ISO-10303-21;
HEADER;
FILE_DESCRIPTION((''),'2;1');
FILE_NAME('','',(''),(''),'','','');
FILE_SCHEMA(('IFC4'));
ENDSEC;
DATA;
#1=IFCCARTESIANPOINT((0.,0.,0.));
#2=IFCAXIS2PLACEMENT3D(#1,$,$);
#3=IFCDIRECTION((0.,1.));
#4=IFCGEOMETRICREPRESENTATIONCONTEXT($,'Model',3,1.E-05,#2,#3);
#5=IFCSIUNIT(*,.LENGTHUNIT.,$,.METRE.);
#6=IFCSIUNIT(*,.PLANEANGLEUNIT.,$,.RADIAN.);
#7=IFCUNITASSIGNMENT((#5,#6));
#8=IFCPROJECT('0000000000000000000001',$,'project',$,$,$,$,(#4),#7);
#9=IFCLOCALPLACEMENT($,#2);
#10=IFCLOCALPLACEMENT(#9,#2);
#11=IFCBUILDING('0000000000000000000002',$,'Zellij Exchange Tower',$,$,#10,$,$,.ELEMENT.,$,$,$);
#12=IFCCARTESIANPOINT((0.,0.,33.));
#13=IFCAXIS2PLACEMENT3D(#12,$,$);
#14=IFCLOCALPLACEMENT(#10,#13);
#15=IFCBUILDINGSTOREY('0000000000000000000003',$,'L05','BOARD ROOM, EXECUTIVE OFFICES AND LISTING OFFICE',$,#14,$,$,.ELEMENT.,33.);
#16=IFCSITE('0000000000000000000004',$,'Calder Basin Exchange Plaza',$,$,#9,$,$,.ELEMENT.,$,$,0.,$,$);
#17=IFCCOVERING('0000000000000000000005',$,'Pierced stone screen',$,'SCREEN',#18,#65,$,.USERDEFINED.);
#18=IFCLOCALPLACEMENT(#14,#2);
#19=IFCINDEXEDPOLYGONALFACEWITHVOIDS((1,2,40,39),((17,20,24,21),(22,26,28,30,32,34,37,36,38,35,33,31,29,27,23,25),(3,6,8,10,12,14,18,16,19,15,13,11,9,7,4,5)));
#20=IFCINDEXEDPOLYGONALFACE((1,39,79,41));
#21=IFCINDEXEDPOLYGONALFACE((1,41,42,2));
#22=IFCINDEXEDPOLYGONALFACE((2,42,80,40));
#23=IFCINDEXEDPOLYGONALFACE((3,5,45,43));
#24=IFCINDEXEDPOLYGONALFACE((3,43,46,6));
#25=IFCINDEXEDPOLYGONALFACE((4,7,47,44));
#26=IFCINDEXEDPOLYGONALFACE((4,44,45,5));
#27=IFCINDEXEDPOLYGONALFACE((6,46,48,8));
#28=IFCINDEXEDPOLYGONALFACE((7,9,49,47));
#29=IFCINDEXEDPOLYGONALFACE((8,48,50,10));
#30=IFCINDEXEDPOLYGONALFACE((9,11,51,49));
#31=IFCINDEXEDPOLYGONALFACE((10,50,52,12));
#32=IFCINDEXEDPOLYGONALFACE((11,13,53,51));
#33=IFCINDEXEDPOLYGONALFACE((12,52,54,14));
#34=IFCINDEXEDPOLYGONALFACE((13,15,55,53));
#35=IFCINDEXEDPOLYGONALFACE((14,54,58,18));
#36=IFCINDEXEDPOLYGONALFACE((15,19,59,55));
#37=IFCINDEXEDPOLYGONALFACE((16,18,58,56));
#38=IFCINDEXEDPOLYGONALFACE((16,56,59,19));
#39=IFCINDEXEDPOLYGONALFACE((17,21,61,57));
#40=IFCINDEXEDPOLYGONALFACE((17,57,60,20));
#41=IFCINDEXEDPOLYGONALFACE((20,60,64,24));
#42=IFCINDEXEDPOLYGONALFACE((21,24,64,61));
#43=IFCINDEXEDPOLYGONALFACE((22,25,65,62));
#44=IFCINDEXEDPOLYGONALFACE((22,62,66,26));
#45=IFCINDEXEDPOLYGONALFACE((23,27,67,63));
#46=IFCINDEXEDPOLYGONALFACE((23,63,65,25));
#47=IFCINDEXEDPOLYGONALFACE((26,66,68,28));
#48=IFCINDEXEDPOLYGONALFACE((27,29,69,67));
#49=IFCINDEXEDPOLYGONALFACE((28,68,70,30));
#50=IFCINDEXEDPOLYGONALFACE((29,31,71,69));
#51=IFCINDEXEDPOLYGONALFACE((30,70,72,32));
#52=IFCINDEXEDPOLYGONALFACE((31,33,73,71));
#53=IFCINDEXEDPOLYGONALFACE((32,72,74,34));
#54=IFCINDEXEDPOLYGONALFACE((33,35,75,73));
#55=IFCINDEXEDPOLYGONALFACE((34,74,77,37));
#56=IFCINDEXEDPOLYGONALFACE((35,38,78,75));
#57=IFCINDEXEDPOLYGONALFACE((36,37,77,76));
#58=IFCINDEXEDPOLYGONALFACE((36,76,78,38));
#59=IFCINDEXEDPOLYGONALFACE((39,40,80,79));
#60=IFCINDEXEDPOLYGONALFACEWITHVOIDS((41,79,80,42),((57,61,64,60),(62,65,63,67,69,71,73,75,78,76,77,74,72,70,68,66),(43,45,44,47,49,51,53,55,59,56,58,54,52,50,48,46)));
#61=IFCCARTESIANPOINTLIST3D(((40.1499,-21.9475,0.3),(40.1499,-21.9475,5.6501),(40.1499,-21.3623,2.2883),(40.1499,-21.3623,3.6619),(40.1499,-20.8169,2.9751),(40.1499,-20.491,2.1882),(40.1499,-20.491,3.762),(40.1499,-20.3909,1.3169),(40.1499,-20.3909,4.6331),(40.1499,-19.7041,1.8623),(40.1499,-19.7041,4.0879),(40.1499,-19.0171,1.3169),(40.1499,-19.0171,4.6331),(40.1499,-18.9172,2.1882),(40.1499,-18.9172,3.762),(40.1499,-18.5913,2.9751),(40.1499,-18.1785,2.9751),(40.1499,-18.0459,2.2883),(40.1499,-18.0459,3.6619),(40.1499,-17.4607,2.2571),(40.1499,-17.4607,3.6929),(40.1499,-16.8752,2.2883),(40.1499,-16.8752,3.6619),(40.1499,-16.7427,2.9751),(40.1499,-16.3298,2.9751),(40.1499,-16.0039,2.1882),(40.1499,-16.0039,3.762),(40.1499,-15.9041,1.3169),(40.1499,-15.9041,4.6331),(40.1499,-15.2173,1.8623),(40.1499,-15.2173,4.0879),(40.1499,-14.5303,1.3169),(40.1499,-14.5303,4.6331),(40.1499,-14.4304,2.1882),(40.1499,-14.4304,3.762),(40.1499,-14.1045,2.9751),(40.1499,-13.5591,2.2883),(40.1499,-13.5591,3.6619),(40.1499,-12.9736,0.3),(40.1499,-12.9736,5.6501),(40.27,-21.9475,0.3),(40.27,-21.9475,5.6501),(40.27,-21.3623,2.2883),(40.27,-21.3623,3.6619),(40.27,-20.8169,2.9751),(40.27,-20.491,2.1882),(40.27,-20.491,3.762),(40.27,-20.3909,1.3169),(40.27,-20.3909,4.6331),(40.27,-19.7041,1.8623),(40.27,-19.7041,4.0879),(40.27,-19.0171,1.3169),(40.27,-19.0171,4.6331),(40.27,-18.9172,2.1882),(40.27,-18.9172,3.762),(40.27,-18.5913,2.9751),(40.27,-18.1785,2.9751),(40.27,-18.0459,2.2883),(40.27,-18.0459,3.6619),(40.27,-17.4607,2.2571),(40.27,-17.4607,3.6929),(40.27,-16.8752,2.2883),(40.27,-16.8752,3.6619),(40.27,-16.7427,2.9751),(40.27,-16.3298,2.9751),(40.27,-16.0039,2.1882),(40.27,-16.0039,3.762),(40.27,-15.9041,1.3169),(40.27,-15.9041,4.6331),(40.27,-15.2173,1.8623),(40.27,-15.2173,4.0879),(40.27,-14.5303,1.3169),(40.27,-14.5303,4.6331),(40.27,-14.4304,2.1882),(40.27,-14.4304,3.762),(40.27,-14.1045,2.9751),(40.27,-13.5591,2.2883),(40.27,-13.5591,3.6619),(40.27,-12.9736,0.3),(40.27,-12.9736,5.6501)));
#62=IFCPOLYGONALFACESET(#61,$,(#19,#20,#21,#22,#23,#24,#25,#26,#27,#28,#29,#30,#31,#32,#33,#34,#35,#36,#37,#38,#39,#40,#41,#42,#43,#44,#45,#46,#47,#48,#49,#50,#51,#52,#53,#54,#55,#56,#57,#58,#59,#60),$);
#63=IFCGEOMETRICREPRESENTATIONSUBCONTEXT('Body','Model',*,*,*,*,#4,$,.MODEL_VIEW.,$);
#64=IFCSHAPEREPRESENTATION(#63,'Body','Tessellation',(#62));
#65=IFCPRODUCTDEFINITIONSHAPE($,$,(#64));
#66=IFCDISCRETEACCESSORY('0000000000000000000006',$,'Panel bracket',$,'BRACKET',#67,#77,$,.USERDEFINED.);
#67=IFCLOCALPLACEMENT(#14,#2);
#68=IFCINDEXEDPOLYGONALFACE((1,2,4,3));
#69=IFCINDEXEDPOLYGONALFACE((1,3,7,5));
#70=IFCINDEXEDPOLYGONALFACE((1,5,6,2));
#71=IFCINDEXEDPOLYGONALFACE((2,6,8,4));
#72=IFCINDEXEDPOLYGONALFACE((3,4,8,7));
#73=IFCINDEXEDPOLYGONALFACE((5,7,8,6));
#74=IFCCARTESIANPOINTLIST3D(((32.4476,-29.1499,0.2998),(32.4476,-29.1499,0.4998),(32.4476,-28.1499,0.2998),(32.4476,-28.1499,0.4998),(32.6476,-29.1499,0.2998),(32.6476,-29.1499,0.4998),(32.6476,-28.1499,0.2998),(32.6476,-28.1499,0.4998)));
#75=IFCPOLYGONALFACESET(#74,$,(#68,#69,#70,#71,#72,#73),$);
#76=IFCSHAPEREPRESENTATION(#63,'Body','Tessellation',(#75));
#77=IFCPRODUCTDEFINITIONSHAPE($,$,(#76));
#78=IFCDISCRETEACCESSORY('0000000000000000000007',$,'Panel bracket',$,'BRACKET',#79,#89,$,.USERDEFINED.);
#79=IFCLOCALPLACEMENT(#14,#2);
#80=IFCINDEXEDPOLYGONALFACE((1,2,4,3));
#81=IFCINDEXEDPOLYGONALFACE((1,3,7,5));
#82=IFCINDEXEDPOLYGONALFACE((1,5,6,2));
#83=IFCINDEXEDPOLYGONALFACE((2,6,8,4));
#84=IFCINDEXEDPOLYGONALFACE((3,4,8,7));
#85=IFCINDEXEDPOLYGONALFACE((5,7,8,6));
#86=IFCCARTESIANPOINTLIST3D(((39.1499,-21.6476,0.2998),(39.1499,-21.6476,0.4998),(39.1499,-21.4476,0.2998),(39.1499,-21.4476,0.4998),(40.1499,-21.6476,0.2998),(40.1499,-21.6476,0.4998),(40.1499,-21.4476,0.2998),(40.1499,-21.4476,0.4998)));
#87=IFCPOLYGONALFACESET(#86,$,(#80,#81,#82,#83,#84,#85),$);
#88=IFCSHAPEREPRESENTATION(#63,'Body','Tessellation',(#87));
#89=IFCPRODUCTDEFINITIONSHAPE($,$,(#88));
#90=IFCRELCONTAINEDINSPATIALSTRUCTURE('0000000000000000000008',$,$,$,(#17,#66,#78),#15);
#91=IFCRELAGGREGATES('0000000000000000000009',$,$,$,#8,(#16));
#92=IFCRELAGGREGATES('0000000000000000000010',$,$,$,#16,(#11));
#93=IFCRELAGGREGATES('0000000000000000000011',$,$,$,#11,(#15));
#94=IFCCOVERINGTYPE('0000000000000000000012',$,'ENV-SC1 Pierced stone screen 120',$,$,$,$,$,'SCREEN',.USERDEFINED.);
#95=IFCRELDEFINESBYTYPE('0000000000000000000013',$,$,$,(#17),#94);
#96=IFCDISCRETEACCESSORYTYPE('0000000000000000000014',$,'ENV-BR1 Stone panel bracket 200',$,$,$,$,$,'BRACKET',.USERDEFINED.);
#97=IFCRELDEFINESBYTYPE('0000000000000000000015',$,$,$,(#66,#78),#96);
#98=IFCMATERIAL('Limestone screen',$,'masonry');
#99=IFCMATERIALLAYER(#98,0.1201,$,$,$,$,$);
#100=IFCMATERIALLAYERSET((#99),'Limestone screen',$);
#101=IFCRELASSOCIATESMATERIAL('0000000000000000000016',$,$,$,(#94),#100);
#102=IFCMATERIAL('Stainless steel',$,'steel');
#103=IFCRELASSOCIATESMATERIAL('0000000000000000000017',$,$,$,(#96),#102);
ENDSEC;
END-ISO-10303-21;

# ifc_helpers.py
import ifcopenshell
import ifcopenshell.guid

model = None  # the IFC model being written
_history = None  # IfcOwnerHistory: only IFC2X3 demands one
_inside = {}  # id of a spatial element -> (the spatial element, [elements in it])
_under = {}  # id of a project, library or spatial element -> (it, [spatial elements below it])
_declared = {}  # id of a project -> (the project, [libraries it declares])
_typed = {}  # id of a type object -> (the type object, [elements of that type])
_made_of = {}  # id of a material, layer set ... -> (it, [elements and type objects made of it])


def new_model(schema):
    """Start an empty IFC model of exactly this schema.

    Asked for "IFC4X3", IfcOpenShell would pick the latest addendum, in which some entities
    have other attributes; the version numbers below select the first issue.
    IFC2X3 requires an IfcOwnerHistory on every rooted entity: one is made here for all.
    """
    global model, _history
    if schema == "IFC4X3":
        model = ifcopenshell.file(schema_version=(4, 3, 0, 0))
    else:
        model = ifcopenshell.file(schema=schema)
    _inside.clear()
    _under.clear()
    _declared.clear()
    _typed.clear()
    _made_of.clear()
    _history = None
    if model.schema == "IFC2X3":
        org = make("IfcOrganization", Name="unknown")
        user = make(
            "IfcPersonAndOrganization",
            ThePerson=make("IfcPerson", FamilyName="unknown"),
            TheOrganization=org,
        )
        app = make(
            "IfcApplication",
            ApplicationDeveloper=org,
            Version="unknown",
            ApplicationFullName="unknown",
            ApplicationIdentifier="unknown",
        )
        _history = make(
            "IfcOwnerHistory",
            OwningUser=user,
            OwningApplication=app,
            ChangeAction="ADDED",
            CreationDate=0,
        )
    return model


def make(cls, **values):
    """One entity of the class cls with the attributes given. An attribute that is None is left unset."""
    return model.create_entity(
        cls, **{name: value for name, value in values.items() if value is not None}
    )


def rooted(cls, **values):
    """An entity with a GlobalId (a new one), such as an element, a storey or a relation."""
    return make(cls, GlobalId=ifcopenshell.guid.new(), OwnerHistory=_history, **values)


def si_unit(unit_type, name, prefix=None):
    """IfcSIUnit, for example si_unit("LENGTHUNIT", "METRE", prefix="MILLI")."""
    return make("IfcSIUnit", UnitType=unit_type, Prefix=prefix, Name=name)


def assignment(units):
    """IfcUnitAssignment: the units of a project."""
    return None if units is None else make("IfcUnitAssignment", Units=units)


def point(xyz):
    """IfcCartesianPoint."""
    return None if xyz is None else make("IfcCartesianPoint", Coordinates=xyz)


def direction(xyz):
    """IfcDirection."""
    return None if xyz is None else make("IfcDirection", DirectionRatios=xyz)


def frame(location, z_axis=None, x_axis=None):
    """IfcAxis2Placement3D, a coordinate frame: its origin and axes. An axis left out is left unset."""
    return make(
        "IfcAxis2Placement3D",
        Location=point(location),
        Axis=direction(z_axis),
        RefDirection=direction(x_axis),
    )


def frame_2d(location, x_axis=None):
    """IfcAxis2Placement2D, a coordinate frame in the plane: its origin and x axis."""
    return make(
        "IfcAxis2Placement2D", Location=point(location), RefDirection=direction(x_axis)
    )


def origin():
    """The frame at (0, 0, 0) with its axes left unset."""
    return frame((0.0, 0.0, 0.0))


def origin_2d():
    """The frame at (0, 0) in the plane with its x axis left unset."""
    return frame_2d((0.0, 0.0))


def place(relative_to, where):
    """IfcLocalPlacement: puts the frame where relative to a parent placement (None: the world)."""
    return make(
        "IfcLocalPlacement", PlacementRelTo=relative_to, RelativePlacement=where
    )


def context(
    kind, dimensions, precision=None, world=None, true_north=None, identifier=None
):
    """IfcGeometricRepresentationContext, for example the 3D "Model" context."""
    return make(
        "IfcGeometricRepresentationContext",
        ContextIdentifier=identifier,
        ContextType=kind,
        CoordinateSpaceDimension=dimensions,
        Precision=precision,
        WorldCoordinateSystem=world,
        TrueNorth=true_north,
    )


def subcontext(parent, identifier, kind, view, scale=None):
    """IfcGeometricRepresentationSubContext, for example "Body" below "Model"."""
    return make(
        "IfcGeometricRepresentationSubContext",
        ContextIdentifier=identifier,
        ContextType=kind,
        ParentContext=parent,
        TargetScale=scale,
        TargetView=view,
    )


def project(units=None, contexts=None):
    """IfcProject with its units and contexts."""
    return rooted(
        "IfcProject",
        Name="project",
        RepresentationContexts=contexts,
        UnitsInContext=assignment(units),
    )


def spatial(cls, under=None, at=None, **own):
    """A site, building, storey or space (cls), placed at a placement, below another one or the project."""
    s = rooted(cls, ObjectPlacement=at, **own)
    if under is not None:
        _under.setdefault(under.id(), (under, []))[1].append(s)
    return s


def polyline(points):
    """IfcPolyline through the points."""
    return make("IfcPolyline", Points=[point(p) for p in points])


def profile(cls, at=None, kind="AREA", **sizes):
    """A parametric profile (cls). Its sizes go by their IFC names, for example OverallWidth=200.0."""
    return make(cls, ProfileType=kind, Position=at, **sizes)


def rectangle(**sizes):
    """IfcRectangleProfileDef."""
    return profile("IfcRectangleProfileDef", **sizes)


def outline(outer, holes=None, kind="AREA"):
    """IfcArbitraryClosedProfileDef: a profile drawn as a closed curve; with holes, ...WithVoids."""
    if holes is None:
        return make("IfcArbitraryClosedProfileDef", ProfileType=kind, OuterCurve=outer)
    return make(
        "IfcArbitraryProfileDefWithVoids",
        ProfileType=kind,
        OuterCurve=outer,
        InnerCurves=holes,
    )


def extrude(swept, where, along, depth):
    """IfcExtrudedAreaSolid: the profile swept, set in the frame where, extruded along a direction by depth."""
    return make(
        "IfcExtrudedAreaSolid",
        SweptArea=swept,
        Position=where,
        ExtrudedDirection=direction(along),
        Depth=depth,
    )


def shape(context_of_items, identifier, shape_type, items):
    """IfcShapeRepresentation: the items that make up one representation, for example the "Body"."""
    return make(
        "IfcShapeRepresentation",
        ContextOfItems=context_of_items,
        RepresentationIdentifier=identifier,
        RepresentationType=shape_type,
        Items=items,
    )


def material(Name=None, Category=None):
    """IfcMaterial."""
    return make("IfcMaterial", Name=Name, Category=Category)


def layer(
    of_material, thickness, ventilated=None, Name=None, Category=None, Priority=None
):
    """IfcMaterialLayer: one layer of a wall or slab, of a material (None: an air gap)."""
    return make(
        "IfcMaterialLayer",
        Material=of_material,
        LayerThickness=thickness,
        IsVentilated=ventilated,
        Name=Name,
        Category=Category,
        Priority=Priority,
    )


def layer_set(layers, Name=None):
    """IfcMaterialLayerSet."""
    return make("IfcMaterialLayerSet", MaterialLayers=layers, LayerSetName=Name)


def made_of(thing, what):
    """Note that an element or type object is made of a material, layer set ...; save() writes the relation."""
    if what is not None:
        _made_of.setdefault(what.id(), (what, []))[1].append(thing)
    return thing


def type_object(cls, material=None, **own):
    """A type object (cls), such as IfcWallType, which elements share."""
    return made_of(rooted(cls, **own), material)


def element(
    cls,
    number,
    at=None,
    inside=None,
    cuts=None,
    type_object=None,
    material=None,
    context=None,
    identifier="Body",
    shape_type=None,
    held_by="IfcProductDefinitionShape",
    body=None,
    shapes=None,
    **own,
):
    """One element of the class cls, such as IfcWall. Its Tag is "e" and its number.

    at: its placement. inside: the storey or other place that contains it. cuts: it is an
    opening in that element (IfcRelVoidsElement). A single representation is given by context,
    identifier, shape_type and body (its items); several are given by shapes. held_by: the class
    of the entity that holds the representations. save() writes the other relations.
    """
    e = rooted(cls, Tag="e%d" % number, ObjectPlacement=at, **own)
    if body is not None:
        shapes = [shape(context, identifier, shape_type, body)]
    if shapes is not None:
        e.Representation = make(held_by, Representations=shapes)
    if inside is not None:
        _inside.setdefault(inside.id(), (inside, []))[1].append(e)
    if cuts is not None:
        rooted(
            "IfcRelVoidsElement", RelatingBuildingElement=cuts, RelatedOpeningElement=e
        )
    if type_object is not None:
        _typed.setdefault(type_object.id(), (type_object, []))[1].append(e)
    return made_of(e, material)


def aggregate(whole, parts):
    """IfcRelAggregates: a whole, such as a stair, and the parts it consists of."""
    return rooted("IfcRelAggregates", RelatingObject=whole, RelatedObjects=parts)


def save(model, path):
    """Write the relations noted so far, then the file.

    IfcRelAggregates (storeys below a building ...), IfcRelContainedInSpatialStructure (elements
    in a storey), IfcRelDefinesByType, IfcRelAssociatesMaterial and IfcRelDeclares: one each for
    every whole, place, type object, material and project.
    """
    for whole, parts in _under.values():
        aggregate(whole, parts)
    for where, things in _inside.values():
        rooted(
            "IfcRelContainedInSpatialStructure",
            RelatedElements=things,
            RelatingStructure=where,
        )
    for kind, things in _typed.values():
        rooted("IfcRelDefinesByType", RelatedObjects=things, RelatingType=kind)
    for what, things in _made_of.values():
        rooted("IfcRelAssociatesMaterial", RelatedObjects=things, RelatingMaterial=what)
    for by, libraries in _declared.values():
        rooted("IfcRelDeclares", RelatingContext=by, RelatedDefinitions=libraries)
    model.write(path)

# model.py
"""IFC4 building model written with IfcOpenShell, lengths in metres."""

from ifc_helpers import new_model, si_unit, direction, frame, origin, origin_2d, place, context, subcontext, project, spatial, polyline, rectangle, outline, extrude, material, layer, layer_set, type_object, element, save


model = new_model("IFC4")

# Units and contexts
model_context = context("Model", 3, precision=1e-05, world=origin(), true_north=direction((0.0, 1.0)))
body_context = subcontext(model_context, "Body", "Model", "MODEL_VIEW")
ifc_project = project(units=[si_unit("LENGTHUNIT", "METRE"), si_unit("PLANEANGLEUNIT", "RADIAN")], contexts=[model_context])

# Site, building, storey
site_placement = place(None, origin())
site = spatial("IfcSite", under=ifc_project, at=site_placement, Name="Calder Basin Exchange Plaza", CompositionType="ELEMENT", RefElevation=0.0)
building_placement = place(site_placement, origin())
building = spatial("IfcBuilding", under=site, at=building_placement, Name="Zellij Exchange Tower", CompositionType="ELEMENT")
storey_placement = place(building_placement, frame((0.0, 0.0, 33.0)))
storey = spatial("IfcBuildingStorey", under=building, at=storey_placement, Name="L05", Description="BOARD ROOM, EXECUTIVE OFFICES AND LISTING OFFICE", CompositionType="ELEMENT", Elevation=33.0)

# Covering
ifc_material_1 = material(Name="Limestone screen", Category="masonry")
ifc_layer_1 = layer(ifc_material_1, 0.1201)
ifc_layer_set_1 = layer_set([ifc_layer_1], Name="Limestone screen")
covering_type = type_object("IfcCoveringType", Name="ENV-SC1 Pierced stone screen 120", ElementType="SCREEN", PredefinedType="USERDEFINED", material=ifc_layer_set_1)
covering_placement = place(storey_placement, frame((40.21, -21.9475, 0.3), z_axis=(0.0, 0.0, 1.0), x_axis=(0.0, 1.0, 0.0)))
element("IfcCovering", 1, at=covering_placement, inside=storey, type_object=covering_type, Name="Pierced stone screen", ObjectType="SCREEN", PredefinedType="USERDEFINED", context=body_context, shape_type="SweptSolid", body=[
    extrude(outline(polyline([(0.0, 0.0), (8.9739, 0.0), (8.9739, 5.3501), (0.0, 5.3501), (0.0, 0.0)]), holes=[polyline([(3.9016, 3.3618), (3.0303, 3.4619), (2.9304, 4.333), (2.2434, 3.7878), (1.5566, 4.333), (1.4565, 3.4619), (0.5852, 3.3618), (1.1306, 2.675), (0.5852, 1.9883), (1.4565, 1.8882), (1.5566, 1.0168), (2.2434, 1.5623), (2.9304, 1.0168), (3.0303, 1.8882), (3.9016, 1.9883), (3.3562, 2.675), (3.9016, 3.3618)]), polyline([(8.3884, 3.3618), (7.5171, 3.4619), (7.4172, 4.333), (6.7302, 3.7878), (6.0435, 4.333), (5.9436, 3.4619), (5.0723, 3.3618), (5.6177, 2.675), (5.0723, 1.9883), (5.9436, 1.8882), (6.0435, 1.0168), (6.7302, 1.5623), (7.4172, 1.0168), (7.5171, 1.8882), (8.3884, 1.9883), (7.843, 2.675), (8.3884, 3.3618)]), polyline([(5.2048, 2.675), (4.4868, 3.3928), (3.769, 2.675), (4.4868, 1.957), (5.2048, 2.675)])]), frame((0.0, 0.0601, 0.0), z_axis=(0.0, -1.0, 0.0), x_axis=(1.0, 0.0, 0.0)), (0.0, 0.0, 1.0), 0.1201),
])

# Discrete accessories
ifc_material_2 = material(Name="Stainless steel", Category="steel")
discrete_accessory_type = type_object("IfcDiscreteAccessoryType", Name="ENV-BR1 Stone panel bracket 200", ElementType="BRACKET", PredefinedType="USERDEFINED", material=ifc_material_2)
for number, where, z_axis, x_axis, name in (
    (2, (32.5476, -28.6499, 0.2998), (0.0, 0.0, 1.0), (1.0, 0.0, 0.0), "Panel bracket"),
    (3, (39.6499, -21.5476, 0.2998), (0.0, 0.0, 1.0), (0.0, 1.0, 0.0), "Panel bracket"),
):
    element("IfcDiscreteAccessory", number, at=place(storey_placement, frame(where, z_axis=z_axis, x_axis=x_axis)), inside=storey, type_object=discrete_accessory_type, Name=name, ObjectType="BRACKET", PredefinedType="USERDEFINED", context=body_context, shape_type="SweptSolid", body=[
        extrude(rectangle(XDim=0.2, YDim=1.0, at=origin_2d()), origin(), (0.0, 0.0, 1.0), 0.2),
    ])

save(model, "model.ifc")
